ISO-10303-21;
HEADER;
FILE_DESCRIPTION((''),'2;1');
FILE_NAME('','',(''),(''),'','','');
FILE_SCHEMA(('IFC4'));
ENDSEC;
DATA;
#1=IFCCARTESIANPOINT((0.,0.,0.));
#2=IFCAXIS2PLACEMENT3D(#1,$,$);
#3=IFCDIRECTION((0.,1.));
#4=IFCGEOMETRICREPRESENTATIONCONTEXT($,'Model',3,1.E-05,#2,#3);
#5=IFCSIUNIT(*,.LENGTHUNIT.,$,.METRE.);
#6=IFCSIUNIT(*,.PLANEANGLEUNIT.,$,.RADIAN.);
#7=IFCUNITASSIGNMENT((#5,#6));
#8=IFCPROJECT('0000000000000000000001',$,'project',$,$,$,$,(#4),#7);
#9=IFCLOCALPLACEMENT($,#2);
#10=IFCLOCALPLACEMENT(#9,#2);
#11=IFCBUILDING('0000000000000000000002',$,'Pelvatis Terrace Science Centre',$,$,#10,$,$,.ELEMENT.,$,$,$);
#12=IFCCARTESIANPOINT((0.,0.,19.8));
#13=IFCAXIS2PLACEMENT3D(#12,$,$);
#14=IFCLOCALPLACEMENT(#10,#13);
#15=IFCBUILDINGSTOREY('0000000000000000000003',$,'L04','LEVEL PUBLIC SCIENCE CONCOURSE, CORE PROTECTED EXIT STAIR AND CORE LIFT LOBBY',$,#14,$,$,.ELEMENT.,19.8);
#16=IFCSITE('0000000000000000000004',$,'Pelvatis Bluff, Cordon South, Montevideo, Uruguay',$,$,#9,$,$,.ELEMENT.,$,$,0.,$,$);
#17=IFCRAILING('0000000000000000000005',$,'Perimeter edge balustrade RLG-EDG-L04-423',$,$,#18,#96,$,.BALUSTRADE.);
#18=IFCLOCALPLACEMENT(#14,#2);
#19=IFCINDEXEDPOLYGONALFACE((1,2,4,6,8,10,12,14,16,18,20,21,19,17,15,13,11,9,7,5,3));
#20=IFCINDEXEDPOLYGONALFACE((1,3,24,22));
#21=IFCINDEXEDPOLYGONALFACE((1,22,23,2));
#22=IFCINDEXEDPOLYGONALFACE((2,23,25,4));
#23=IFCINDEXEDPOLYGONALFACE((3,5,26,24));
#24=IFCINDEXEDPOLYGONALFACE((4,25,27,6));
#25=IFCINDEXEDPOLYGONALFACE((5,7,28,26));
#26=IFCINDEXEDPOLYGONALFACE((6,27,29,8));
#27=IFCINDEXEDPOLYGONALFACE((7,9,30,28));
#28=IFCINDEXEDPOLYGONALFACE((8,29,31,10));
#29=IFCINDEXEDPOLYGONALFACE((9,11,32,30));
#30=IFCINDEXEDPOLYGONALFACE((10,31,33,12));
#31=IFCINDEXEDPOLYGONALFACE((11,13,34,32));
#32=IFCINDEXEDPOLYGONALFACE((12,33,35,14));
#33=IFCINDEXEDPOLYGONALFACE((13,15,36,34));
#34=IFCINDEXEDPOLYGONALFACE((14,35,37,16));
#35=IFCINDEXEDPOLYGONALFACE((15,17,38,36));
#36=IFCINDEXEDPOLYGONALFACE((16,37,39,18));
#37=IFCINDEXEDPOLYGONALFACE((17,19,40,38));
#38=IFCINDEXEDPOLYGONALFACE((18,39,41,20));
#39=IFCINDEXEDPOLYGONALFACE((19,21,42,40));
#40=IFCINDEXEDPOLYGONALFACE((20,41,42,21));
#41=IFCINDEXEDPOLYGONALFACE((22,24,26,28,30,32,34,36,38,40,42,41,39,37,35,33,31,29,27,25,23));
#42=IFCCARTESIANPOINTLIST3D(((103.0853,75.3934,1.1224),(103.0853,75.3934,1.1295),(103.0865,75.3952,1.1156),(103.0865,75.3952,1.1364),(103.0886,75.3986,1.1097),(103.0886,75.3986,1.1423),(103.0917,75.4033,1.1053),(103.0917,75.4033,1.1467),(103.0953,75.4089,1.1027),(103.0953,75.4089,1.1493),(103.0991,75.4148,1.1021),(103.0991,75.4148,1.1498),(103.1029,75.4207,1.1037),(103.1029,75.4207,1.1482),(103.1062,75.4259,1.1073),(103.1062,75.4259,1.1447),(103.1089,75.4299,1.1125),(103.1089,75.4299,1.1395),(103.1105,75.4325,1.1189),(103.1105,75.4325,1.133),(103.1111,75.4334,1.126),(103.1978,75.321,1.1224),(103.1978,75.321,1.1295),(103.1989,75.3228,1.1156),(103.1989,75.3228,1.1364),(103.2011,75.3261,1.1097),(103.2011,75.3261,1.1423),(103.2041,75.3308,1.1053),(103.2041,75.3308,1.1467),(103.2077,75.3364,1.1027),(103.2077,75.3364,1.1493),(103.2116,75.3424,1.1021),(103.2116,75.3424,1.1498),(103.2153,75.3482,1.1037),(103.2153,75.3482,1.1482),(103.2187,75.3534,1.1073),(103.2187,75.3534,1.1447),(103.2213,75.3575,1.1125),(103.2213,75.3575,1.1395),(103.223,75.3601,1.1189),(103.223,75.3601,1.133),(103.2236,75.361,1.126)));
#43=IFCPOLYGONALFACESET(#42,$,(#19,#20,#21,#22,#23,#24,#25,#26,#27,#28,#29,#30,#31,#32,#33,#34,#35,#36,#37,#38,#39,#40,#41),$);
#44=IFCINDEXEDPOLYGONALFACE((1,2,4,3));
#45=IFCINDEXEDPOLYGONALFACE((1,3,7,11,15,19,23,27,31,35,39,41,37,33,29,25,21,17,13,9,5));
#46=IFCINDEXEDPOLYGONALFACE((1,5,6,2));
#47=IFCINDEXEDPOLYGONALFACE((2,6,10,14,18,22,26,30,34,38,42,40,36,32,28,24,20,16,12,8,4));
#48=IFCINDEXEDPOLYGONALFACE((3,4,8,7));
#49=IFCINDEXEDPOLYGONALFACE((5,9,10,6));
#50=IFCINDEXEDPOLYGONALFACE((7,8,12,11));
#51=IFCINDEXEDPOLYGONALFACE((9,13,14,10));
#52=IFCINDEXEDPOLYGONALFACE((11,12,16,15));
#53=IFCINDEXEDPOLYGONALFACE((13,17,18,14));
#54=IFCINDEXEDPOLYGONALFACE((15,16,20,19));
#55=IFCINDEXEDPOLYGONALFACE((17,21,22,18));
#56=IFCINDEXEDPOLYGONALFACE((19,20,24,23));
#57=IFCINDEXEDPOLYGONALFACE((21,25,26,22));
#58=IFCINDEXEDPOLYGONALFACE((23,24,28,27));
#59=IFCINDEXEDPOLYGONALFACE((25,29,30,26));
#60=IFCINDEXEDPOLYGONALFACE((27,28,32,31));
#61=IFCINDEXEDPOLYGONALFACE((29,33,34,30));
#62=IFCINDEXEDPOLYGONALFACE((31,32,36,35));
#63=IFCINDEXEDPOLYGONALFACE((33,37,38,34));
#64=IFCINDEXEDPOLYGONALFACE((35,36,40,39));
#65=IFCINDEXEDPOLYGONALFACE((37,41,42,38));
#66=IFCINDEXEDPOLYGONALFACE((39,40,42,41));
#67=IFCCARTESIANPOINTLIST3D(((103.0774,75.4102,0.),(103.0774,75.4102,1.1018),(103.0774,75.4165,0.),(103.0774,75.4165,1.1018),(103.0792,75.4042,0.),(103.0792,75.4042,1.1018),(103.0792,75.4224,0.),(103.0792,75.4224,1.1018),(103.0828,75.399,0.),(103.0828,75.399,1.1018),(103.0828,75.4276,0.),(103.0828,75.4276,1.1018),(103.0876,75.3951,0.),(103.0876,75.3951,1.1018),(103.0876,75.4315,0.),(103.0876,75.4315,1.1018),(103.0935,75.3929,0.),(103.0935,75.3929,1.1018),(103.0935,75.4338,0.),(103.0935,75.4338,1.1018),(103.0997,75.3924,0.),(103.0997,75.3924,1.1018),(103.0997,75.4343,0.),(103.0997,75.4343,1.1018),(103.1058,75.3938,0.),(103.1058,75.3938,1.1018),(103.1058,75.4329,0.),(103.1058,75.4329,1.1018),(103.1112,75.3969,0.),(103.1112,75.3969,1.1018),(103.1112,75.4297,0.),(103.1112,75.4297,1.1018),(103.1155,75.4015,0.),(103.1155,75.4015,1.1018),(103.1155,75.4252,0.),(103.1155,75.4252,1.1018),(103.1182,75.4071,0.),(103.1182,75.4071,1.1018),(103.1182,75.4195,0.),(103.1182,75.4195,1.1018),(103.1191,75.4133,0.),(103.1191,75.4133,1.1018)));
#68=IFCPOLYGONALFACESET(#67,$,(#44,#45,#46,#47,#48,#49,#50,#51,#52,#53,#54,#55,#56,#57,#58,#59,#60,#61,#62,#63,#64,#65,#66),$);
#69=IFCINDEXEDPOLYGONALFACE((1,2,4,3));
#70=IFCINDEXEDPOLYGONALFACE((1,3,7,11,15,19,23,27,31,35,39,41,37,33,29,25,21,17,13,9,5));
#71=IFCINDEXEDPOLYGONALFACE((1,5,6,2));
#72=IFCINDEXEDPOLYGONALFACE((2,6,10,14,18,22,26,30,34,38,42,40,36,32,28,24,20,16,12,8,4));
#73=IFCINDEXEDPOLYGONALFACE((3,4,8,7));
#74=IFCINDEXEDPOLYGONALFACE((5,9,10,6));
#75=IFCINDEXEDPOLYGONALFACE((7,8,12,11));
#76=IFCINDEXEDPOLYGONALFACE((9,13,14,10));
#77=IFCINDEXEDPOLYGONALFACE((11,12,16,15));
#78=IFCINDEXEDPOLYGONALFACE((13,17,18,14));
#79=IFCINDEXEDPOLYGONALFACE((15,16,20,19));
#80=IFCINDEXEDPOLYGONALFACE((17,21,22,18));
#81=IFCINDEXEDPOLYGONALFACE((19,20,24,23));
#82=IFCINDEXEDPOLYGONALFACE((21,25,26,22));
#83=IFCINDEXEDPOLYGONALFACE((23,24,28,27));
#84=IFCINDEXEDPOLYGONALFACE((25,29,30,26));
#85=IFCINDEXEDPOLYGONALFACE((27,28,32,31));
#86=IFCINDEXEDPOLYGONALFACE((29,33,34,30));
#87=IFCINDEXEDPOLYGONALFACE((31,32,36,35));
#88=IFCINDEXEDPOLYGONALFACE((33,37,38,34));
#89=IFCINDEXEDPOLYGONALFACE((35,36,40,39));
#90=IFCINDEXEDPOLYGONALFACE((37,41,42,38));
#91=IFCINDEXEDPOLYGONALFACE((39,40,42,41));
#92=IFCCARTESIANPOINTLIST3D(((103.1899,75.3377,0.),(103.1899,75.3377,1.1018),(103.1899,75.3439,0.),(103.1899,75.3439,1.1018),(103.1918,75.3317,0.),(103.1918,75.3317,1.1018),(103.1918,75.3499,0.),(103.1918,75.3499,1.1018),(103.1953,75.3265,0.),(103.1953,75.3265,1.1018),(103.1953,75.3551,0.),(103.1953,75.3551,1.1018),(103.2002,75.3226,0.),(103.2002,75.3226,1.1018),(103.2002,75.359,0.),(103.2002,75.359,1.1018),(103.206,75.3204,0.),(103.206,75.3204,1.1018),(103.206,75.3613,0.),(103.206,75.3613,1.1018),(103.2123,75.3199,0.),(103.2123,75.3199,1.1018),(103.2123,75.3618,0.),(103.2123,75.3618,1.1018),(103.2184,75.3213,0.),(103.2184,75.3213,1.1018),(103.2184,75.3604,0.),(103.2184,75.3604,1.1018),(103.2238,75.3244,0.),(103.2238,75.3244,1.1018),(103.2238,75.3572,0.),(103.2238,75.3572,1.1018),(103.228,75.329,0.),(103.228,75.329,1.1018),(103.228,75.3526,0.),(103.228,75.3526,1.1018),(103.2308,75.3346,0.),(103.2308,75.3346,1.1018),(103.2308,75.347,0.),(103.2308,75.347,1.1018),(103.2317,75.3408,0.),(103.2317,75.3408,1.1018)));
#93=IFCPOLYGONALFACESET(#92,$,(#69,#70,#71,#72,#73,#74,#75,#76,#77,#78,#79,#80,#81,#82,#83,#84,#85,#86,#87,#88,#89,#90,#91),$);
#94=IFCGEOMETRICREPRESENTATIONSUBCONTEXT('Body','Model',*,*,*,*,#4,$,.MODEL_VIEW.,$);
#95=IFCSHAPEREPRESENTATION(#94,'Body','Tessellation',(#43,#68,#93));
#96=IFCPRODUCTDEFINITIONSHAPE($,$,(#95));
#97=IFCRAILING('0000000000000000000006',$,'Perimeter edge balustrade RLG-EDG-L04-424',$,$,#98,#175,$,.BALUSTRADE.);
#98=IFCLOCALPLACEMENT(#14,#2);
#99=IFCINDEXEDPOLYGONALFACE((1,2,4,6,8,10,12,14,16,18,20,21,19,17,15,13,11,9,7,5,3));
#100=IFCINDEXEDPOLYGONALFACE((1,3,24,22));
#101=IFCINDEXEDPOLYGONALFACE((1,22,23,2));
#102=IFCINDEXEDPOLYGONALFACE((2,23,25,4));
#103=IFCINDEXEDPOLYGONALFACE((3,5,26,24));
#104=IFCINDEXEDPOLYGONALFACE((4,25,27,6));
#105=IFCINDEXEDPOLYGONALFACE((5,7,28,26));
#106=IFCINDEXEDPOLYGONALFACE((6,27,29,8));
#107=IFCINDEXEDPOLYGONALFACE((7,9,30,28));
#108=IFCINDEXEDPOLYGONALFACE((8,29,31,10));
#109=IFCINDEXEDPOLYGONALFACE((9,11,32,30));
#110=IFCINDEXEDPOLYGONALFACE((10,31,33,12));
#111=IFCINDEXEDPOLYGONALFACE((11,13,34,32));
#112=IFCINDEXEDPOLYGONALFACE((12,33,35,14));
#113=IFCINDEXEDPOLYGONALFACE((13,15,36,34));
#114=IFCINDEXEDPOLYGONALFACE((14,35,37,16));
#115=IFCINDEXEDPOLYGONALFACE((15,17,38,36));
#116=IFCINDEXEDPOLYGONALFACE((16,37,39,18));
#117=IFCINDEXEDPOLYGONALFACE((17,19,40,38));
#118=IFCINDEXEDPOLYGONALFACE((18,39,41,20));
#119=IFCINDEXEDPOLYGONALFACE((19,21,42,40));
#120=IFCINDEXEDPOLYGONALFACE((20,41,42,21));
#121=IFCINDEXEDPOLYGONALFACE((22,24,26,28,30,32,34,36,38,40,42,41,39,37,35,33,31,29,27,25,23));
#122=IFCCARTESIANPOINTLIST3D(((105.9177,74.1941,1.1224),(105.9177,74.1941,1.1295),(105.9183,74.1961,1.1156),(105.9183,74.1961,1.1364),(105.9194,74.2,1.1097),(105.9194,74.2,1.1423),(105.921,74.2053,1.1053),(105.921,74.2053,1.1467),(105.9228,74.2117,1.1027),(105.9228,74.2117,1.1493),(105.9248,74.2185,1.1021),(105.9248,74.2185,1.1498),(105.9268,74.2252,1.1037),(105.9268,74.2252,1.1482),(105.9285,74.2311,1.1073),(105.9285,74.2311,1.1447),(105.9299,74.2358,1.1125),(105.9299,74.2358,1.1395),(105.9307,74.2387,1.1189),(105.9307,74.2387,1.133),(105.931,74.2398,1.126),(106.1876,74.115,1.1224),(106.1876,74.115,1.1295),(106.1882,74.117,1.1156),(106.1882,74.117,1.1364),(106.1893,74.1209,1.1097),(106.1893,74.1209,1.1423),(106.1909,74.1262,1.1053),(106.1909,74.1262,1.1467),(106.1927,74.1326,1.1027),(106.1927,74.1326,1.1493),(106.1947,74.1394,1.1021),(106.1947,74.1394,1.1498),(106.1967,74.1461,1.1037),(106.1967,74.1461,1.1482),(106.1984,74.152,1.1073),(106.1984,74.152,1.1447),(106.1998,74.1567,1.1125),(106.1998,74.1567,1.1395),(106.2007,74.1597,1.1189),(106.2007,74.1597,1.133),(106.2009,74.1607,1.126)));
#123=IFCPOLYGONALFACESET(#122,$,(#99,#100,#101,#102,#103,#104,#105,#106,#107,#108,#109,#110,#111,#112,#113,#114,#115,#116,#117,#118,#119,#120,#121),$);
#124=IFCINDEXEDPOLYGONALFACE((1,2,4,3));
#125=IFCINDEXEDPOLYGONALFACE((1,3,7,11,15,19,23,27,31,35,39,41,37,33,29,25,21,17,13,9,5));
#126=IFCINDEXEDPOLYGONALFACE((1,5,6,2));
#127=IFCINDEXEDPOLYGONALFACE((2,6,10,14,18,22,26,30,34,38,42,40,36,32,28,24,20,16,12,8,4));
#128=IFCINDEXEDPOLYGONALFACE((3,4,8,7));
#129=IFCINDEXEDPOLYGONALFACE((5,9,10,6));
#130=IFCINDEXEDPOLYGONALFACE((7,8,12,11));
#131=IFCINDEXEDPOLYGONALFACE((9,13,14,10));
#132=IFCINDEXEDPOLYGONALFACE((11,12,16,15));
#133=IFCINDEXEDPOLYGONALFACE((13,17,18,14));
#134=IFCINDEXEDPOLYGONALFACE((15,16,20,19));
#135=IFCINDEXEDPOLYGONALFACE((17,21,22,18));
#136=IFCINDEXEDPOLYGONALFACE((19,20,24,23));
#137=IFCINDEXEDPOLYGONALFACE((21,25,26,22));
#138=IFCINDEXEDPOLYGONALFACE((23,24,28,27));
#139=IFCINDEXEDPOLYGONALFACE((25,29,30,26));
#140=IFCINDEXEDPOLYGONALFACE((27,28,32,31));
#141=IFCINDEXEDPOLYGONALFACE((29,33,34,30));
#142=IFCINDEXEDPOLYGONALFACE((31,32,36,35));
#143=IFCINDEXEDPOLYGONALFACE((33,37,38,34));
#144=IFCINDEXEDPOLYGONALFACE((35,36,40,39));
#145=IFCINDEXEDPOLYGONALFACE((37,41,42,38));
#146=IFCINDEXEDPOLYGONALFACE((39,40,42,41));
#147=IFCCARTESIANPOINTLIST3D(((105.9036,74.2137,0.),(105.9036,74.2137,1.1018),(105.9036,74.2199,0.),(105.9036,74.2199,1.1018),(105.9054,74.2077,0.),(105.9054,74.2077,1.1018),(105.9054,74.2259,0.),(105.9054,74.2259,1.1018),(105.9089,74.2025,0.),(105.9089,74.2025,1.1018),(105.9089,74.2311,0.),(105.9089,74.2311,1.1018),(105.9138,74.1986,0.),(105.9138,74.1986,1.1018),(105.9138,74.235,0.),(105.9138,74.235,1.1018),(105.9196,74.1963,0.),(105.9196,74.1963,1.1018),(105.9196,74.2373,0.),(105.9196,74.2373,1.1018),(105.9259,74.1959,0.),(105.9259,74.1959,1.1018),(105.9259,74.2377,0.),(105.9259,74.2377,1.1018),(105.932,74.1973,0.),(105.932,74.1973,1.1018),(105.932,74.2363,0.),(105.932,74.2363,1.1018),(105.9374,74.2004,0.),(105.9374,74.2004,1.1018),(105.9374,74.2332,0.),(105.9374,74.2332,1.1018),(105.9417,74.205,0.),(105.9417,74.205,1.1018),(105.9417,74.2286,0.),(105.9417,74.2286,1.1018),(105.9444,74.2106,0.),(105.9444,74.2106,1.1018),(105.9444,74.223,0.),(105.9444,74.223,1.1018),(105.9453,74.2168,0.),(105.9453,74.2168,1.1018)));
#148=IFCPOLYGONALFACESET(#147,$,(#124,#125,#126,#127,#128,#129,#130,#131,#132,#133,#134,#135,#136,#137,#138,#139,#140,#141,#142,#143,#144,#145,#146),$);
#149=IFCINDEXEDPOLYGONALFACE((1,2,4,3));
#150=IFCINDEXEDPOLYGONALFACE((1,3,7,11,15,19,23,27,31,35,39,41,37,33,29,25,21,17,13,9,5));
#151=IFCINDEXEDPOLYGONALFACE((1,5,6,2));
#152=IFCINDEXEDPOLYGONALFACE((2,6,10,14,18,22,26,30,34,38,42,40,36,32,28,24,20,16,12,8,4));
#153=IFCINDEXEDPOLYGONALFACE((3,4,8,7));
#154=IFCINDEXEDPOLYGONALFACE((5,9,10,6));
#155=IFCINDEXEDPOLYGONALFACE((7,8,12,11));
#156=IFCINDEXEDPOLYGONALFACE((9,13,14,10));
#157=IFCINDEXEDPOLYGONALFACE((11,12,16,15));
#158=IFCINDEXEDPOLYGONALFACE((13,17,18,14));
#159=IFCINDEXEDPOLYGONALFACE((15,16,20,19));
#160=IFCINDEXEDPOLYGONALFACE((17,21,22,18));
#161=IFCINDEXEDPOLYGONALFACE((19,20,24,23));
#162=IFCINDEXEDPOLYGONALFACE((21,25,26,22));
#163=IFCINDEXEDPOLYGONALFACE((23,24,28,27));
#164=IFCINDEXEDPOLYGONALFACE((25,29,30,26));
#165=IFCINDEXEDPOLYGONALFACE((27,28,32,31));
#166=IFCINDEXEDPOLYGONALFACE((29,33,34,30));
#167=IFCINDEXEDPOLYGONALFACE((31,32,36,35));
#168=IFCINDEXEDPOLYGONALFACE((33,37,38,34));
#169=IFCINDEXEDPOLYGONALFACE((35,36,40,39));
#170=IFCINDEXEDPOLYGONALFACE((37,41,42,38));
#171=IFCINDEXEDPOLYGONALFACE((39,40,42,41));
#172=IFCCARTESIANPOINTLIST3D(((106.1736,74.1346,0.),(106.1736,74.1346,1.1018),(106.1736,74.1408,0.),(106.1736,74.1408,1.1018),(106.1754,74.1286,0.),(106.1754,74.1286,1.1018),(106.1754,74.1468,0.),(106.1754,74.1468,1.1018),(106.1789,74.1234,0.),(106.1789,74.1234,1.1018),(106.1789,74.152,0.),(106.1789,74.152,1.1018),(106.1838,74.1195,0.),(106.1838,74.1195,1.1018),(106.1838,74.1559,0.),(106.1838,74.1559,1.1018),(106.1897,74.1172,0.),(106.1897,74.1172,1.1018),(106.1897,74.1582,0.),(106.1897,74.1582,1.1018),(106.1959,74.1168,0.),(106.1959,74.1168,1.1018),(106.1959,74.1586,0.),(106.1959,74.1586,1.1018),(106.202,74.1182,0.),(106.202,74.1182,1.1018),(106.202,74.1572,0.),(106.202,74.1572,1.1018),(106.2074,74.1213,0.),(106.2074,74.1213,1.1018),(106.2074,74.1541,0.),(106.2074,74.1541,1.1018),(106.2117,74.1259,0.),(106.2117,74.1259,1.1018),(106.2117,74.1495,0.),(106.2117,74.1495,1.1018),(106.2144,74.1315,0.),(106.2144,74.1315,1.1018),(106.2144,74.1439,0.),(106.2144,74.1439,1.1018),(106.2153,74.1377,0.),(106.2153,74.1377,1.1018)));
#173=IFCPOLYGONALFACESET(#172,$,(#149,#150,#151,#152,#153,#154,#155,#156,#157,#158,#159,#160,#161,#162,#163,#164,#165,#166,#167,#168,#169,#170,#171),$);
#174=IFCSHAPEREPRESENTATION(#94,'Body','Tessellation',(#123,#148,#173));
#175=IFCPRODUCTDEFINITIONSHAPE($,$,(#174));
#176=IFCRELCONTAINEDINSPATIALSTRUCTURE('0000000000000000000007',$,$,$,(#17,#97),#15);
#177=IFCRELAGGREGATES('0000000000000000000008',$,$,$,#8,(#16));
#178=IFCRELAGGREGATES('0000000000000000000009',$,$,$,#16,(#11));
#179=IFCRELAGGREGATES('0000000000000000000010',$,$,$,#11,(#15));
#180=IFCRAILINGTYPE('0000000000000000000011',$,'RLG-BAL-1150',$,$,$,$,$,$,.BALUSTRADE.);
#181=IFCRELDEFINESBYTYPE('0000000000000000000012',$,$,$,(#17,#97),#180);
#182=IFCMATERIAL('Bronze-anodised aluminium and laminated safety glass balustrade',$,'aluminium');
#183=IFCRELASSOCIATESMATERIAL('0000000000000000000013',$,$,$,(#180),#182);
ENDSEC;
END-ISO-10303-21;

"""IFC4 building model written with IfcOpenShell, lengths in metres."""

from ifc_helpers import new_model, si_unit, direction, frame, origin, origin_2d, place, context, subcontext, project, spatial, circle, extrude, material, type_object, element, save


model = new_model("IFC4")

# Units and contexts
model_context = context("Model", 3, precision=1e-05, world=origin(), true_north=direction((0.0, 1.0)))
body_context = subcontext(model_context, "Body", "Model", "MODEL_VIEW")
ifc_project = project(units=[si_unit("LENGTHUNIT", "METRE"), si_unit("PLANEANGLEUNIT", "RADIAN")], contexts=[model_context])

# Site, building, storey
site_placement = place(None, origin())
site = spatial("IfcSite", under=ifc_project, at=site_placement, Name="Pelvatis Bluff, Cordon South, Montevideo, Uruguay", CompositionType="ELEMENT", RefElevation=0.0)
building_placement = place(site_placement, origin())
building = spatial("IfcBuilding", under=site, at=building_placement, Name="Pelvatis Terrace Science Centre", CompositionType="ELEMENT")
storey_placement = place(building_placement, frame((0.0, 0.0, 19.8)))
storey = spatial("IfcBuildingStorey", under=building, at=storey_placement, Name="L04", Description="LEVEL PUBLIC SCIENCE CONCOURSE, CORE PROTECTED EXIT STAIR AND CORE LIFT LOBBY", CompositionType="ELEMENT", Elevation=19.8)

# Railings
ifc_material_1 = material(Name="Bronze-anodised aluminium and laminated safety glass balustrade", Category="aluminium")
railing_type = type_object("IfcRailingType", Name="RLG-BAL-1150", PredefinedType="BALUSTRADE", material=ifc_material_1)
railing_1_placement = place(storey_placement, frame((103.0981, 75.4133, 0.0)))
element("IfcRailing", 1, at=railing_1_placement, inside=storey, type_object=railing_type, Name="Perimeter edge balustrade RLG-EDG-L04-423", PredefinedType="BALUSTRADE", context=body_context, shape_type="SweptSolid", body=[
    extrude(circle(Radius=0.0239, at=origin_2d()), frame((0.0, 0.0, 1.126), z_axis=(0.840645, -0.541587, 0.0), x_axis=(0.541587, 0.840645, 0.0)), (0.0, 0.0, 1.0), 0.1338),
    extrude(circle(Radius=0.021, at=origin_2d()), origin(), (0.0, 0.0, 1.0), 1.1018),
    extrude(circle(Radius=0.021, at=origin_2d()), frame((0.1125, -0.0725, 0.0)), (0.0, 0.0, 1.0), 1.1018),
])
railing_2_placement = place(storey_placement, frame((105.9243, 74.2168, 0.0)))
element("IfcRailing", 2, at=railing_2_placement, inside=storey, type_object=railing_type, Name="Perimeter edge balustrade RLG-EDG-L04-424", PredefinedType="BALUSTRADE", context=body_context, shape_type="SweptSolid", body=[
    extrude(circle(Radius=0.0239, at=origin_2d()), frame((0.0, 0.0, 1.126), z_axis=(0.959669, -0.281133, 0.0), x_axis=(0.281133, 0.959669, 0.0)), (0.0, 0.0, 1.0), 0.2812),
    extrude(circle(Radius=0.021, at=origin_2d()), origin(), (0.0, 0.0, 1.0), 1.1018),
    extrude(circle(Radius=0.021, at=origin_2d()), frame((0.27, -0.0791, 0.0)), (0.0, 0.0, 1.0), 1.1018),
])

save(model, "model.ifc")
